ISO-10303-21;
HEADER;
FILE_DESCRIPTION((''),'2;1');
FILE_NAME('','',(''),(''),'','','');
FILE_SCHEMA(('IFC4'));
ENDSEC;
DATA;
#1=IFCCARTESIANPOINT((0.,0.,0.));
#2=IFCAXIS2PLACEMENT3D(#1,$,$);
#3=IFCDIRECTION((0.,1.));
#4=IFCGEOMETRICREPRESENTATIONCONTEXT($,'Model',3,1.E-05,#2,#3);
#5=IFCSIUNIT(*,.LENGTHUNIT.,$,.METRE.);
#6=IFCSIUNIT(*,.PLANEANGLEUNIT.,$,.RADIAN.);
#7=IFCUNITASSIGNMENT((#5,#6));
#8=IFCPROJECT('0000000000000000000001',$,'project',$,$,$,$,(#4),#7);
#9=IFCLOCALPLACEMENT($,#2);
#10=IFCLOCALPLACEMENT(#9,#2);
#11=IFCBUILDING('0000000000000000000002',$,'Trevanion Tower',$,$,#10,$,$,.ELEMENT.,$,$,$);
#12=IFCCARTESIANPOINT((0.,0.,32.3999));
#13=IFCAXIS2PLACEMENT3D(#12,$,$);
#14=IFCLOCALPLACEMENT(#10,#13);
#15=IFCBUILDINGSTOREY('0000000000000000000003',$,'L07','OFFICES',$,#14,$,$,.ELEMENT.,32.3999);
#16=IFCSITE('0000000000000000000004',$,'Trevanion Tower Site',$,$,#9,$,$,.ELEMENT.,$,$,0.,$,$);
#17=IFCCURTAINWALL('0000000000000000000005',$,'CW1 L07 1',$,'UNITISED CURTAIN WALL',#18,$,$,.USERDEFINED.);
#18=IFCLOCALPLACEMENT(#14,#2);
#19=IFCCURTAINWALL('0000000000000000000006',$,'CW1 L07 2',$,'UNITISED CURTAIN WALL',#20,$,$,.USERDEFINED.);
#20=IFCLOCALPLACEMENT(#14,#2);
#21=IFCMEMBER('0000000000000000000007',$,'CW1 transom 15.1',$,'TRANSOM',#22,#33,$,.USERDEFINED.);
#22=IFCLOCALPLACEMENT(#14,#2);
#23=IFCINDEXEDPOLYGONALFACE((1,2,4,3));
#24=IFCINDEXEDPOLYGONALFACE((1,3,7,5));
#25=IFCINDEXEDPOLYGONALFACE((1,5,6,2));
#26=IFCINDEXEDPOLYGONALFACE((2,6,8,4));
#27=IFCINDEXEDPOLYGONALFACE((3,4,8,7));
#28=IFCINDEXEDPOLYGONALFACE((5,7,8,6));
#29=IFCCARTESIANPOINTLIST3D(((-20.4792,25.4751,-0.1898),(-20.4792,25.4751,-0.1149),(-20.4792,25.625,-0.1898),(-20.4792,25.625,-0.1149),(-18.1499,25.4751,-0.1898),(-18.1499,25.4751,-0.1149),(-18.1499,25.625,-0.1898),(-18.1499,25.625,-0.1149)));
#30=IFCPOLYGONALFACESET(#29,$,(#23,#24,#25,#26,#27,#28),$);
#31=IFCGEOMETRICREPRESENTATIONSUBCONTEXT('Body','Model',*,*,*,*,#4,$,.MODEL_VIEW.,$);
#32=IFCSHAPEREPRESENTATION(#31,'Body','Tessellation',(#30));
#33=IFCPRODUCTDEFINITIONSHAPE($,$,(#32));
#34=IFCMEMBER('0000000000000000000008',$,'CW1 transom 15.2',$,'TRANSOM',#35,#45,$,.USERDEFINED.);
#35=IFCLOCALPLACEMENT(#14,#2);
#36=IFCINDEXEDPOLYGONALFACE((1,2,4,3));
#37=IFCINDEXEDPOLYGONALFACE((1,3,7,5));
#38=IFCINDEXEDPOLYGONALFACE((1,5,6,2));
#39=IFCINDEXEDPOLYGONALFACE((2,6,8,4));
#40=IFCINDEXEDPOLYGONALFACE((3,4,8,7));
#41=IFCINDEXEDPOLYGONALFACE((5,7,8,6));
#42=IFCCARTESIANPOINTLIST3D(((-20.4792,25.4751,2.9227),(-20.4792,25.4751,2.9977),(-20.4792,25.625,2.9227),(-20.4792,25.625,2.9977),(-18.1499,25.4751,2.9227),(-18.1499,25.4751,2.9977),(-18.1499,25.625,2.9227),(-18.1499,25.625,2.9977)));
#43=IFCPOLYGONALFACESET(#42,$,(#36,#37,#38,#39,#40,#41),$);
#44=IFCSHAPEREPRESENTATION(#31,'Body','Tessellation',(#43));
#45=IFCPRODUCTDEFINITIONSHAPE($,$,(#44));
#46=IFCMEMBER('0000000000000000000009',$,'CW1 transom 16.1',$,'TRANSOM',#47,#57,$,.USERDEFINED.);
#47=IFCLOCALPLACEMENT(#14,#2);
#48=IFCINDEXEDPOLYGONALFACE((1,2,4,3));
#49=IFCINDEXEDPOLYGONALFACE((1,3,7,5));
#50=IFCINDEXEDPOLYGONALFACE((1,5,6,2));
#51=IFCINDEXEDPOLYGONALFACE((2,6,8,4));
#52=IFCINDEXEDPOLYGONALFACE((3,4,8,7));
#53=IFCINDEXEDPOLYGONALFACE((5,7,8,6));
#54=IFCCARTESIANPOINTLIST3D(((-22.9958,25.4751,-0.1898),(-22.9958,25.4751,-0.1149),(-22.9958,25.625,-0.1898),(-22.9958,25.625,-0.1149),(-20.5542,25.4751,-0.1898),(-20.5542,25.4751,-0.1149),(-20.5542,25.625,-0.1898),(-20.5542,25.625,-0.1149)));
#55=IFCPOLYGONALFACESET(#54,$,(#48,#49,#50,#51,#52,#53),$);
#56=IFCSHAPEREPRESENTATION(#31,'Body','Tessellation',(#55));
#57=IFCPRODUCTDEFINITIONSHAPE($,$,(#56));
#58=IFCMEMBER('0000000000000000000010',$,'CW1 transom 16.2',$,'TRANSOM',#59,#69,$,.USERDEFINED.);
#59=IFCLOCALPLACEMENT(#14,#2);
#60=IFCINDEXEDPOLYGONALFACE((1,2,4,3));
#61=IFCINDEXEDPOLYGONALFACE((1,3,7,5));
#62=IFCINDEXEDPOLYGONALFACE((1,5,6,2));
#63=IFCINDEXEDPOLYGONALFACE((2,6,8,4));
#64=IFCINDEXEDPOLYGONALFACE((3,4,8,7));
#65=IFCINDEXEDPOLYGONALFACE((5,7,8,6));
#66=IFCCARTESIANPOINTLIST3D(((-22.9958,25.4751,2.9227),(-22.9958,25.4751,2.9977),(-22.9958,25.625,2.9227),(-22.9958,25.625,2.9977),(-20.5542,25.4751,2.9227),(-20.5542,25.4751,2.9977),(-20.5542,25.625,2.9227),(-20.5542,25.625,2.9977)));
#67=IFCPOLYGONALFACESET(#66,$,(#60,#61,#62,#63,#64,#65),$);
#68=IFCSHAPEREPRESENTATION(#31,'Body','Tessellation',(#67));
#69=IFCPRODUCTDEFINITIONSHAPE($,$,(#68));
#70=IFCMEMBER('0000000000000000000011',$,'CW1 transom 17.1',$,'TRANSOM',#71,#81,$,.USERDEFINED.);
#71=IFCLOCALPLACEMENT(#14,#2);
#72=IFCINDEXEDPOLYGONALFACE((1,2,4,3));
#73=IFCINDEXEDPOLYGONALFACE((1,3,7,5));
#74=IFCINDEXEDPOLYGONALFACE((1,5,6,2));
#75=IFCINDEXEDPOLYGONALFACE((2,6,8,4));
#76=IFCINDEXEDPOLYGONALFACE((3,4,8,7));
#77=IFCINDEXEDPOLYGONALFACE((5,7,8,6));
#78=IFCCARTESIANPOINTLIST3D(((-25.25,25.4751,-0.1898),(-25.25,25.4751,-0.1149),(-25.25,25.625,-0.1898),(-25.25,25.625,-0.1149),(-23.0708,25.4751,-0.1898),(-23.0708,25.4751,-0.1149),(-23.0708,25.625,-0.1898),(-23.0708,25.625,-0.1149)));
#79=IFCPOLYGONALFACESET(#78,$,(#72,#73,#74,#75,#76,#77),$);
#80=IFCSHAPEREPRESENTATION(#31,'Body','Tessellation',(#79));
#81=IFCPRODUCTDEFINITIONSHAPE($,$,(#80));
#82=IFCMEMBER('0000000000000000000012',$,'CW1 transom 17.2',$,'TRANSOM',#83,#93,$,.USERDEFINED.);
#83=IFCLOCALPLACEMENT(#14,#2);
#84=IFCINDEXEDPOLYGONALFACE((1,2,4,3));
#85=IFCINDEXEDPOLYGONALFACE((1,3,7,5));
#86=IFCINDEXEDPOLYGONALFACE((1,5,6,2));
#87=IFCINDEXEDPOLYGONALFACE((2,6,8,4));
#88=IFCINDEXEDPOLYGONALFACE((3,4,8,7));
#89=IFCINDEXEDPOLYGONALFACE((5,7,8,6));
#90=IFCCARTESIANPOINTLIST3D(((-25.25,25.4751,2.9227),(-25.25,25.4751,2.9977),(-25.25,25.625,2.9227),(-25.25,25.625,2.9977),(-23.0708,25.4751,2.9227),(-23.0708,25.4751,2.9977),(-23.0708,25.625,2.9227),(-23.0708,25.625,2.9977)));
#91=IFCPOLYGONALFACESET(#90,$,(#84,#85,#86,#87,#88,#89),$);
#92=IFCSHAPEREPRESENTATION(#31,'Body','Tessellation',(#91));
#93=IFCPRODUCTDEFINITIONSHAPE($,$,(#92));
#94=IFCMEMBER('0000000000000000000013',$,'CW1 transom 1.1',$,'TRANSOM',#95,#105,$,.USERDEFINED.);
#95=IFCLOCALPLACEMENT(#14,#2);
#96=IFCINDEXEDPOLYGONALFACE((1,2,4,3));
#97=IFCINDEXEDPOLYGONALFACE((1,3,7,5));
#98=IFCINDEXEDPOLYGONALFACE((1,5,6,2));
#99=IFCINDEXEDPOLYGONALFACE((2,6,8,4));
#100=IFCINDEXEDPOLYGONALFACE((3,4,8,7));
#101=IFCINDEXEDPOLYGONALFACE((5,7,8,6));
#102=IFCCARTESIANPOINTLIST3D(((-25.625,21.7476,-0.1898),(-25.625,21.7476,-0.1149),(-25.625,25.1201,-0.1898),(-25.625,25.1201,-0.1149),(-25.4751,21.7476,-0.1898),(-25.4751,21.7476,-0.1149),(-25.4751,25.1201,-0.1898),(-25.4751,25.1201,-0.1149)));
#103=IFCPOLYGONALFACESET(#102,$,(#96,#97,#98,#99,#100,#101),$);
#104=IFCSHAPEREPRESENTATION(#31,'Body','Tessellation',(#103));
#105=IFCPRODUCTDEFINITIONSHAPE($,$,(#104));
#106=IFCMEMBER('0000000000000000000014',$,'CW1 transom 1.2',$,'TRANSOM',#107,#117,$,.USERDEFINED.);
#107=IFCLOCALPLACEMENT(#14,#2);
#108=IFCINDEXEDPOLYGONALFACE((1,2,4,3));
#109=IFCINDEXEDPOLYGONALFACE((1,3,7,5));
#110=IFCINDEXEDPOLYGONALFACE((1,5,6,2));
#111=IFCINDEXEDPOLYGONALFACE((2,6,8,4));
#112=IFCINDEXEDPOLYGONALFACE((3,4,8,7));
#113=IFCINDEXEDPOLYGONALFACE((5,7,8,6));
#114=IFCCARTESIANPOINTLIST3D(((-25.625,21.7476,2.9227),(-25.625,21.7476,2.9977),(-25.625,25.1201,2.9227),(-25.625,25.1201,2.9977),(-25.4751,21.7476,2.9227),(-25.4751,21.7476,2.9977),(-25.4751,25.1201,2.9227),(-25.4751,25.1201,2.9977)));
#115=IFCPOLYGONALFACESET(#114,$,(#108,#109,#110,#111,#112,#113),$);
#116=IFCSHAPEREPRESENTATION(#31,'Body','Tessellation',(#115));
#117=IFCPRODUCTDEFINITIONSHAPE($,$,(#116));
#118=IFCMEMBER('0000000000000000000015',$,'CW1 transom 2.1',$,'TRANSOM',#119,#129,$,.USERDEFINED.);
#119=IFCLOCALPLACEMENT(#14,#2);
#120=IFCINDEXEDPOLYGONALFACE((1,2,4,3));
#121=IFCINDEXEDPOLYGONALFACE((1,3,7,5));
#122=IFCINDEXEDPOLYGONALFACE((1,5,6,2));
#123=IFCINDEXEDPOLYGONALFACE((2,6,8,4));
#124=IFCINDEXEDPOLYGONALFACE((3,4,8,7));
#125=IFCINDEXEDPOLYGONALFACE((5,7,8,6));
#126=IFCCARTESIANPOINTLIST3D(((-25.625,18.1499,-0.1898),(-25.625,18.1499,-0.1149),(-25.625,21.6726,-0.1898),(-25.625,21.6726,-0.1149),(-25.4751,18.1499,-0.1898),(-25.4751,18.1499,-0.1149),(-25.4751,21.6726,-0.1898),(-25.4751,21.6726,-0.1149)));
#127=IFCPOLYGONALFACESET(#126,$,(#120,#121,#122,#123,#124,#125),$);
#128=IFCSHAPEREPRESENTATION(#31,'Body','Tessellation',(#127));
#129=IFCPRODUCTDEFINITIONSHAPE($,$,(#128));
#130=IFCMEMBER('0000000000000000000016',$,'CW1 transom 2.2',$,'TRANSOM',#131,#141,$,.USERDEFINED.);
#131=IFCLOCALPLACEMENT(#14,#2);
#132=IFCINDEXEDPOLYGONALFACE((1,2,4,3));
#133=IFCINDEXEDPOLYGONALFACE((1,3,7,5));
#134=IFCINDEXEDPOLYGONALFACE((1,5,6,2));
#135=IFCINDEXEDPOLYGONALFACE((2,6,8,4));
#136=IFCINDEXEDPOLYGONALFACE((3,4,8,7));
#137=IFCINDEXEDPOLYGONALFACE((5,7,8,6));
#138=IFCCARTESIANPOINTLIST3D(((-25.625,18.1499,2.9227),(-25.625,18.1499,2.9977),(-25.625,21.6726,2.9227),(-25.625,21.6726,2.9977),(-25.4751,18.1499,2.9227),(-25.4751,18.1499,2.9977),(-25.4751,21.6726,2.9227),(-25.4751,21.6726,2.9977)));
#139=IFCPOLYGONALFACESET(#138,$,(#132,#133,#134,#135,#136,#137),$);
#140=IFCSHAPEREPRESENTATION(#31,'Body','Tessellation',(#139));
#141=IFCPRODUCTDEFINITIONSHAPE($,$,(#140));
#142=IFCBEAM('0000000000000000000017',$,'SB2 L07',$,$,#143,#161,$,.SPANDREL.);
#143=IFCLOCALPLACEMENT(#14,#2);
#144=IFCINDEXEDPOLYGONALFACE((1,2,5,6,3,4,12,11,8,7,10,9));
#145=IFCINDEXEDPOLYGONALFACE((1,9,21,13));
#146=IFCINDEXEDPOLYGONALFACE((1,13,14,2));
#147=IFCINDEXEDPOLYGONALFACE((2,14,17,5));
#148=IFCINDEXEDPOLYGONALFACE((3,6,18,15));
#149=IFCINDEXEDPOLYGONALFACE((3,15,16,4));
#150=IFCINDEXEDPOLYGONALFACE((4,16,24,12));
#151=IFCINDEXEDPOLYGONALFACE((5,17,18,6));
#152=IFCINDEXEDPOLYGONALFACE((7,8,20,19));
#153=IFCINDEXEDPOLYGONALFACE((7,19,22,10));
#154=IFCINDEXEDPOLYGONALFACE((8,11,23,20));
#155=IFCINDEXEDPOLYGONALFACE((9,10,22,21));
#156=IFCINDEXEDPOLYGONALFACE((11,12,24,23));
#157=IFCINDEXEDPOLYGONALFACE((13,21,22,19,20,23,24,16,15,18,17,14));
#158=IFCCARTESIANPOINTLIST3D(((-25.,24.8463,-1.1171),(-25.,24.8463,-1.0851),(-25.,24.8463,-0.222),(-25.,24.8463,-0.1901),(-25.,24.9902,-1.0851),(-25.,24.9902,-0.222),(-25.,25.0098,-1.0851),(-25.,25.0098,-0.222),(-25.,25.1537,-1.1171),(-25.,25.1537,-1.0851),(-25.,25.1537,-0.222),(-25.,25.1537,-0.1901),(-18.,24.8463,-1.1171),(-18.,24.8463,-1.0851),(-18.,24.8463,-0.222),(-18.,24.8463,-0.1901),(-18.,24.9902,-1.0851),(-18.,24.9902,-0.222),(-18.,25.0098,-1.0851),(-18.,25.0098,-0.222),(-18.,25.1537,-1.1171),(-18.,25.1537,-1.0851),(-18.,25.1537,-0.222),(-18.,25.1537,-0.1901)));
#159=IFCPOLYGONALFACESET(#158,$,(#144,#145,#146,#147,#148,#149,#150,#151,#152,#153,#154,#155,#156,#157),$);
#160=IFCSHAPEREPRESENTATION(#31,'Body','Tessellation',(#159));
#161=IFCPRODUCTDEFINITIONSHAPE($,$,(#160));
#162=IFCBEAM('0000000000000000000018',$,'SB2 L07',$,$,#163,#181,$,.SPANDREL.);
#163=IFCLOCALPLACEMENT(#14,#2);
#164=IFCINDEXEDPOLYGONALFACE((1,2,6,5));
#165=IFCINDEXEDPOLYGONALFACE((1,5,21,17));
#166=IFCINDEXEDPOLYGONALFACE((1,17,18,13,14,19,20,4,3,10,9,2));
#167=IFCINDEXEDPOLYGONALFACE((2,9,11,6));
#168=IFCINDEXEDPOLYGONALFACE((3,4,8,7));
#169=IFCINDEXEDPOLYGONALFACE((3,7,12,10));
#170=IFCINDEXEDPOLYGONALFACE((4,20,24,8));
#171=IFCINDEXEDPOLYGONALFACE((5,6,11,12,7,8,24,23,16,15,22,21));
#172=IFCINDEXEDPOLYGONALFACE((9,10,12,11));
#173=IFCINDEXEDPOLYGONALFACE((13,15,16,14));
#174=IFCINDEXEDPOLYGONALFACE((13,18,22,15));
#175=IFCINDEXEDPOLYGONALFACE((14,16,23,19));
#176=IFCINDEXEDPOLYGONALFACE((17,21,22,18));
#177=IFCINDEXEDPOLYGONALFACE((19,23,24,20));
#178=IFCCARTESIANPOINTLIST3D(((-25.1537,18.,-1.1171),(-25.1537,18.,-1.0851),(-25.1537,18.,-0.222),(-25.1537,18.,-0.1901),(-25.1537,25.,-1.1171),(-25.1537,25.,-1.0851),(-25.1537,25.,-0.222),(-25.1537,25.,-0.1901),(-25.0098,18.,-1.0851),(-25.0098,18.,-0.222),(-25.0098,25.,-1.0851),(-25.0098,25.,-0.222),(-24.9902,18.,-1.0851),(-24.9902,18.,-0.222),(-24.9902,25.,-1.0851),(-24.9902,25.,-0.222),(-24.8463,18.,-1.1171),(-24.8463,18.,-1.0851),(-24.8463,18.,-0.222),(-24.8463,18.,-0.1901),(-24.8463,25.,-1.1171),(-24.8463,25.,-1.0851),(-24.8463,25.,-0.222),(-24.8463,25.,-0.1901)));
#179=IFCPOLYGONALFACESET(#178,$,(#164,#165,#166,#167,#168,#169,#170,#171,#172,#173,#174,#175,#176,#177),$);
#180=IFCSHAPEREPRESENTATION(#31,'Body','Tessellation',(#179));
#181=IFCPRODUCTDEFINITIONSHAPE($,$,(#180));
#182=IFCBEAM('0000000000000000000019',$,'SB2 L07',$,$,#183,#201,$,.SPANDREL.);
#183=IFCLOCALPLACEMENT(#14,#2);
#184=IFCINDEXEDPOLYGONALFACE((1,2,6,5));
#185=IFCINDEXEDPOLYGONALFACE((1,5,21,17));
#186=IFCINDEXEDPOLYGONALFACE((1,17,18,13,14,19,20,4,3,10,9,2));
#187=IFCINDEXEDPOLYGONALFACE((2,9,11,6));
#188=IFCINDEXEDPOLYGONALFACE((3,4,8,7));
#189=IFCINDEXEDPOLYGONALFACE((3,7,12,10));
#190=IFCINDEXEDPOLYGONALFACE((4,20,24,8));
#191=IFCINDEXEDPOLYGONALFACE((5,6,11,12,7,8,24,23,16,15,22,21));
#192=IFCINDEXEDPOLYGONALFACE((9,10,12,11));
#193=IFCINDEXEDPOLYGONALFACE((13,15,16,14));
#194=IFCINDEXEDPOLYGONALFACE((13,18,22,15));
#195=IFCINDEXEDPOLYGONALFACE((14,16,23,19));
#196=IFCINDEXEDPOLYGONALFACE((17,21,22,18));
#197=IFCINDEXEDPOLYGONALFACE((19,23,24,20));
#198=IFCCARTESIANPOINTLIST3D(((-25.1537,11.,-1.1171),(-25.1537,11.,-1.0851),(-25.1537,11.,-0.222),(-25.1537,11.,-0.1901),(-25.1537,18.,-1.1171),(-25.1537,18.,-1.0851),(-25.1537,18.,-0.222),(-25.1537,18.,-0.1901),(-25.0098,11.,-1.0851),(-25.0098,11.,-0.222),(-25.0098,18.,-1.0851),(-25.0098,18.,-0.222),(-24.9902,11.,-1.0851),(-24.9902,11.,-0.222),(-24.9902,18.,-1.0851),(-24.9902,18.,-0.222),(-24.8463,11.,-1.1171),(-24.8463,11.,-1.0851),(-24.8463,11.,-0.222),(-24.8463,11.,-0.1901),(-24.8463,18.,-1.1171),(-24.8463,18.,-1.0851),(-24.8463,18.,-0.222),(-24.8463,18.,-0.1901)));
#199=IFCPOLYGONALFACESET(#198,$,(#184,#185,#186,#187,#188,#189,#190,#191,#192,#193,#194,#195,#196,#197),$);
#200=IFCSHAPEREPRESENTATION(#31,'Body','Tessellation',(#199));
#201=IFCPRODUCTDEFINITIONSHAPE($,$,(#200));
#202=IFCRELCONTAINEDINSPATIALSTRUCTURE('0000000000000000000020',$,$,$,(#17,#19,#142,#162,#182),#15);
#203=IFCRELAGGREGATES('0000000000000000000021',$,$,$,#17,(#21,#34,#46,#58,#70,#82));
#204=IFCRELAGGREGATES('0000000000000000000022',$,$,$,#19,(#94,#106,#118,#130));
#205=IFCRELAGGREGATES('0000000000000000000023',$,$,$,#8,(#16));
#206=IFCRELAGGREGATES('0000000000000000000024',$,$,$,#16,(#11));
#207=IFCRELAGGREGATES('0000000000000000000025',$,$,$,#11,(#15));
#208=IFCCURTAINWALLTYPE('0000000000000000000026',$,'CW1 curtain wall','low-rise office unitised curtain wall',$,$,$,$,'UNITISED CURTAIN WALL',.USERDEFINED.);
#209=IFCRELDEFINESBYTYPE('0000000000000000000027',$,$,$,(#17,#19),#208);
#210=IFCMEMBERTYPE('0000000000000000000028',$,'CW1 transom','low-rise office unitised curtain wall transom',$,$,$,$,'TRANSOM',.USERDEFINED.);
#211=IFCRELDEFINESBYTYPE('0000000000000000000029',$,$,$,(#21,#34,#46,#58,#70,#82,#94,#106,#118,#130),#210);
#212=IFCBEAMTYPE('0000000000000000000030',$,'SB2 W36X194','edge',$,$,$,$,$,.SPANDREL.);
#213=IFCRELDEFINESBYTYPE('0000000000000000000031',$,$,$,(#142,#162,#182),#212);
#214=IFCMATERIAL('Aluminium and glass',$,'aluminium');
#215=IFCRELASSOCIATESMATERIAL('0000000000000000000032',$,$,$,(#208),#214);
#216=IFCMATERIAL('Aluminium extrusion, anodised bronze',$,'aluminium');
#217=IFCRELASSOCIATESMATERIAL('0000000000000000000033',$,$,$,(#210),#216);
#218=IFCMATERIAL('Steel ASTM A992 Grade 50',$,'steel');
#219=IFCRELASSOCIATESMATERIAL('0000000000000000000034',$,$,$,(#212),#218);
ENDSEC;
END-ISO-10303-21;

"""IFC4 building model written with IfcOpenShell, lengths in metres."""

from ifc_helpers import new_model, si_unit, direction, frame, origin, origin_2d, place, context, subcontext, project, spatial, rectangle, i_section, extrude, material, material_profile, profile_set, type_object, element, aggregate, save


model = new_model("IFC4")

# Units and contexts
model_context = context("Model", 3, precision=1e-05, world=origin(), true_north=direction((0.0, 1.0)))
body_context = subcontext(model_context, "Body", "Model", "MODEL_VIEW")
ifc_project = project(units=[si_unit("LENGTHUNIT", "METRE"), si_unit("PLANEANGLEUNIT", "RADIAN")], contexts=[model_context])

# Site, building, storey
site_placement = place(None, origin())
site = spatial("IfcSite", under=ifc_project, at=site_placement, Name="Trevanion Tower Site", CompositionType="ELEMENT", RefElevation=0.0)
building_placement = place(site_placement, origin())
building = spatial("IfcBuilding", under=site, at=building_placement, Name="Trevanion Tower", CompositionType="ELEMENT")
storey_placement = place(building_placement, frame((0.0, 0.0, 32.3999)))
storey = spatial("IfcBuildingStorey", under=building, at=storey_placement, Name="L07", Description="OFFICES", CompositionType="ELEMENT", Elevation=32.3999)

# Curtain wall
ifc_material_1 = material(Name="Aluminium and glass", Category="aluminium")
curtain_wall_type = type_object("IfcCurtainWallType", Name="CW1 curtain wall", Description="low-rise office unitised curtain wall", ElementType="UNITISED CURTAIN WALL", PredefinedType="USERDEFINED", material=ifc_material_1)
curtain_wall_1_placement = place(storey_placement, origin())
curtain_wall_1 = element("IfcCurtainWall", 1, at=curtain_wall_1_placement, inside=storey, type_object=curtain_wall_type, Name="CW1 L07 1", ObjectType="UNITISED CURTAIN WALL", PredefinedType="USERDEFINED")

# Curtain wall
curtain_wall_2_placement = place(storey_placement, origin())
curtain_wall_2 = element("IfcCurtainWall", 2, at=curtain_wall_2_placement, inside=storey, type_object=curtain_wall_type, Name="CW1 L07 2", ObjectType="UNITISED CURTAIN WALL", PredefinedType="USERDEFINED")

# Members
ifc_material_2 = material(Name="Aluminium extrusion, anodised bronze", Category="aluminium")
ifc_material_profile_1 = material_profile(ifc_material_2, rectangle(XDim=0.1499, YDim=0.075, at=origin_2d()), Name="CW1 transom")
ifc_profile_set_1 = profile_set([ifc_material_profile_1], Name="Aluminium extrusion, anodised bronze")
member_type_1 = type_object("IfcMemberType", Name="CW1 transom", Description="low-rise office unitised curtain wall transom", ElementType="TRANSOM", PredefinedType="USERDEFINED", material=ifc_profile_set_1)
member_1_placement = place(storey_placement, frame((-18.1499, 25.55, -0.1523), z_axis=(-1.0, 0.0, 0.0), x_axis=(0.0, -1.0, 0.0)))
member_1 = element("IfcMember", 3, at=member_1_placement, type_object=member_type_1, Name="CW1 transom 15.1", ObjectType="TRANSOM", PredefinedType="USERDEFINED", context=body_context, shape_type="SweptSolid", body=[
    extrude(rectangle(XDim=0.1499, YDim=0.075, at=origin_2d()), origin(), (0.0, 0.0, 1.0), 2.3293),
])
member_2_placement = place(storey_placement, frame((-18.1499, 25.55, 2.9602), z_axis=(-1.0, 0.0, 0.0), x_axis=(0.0, -1.0, 0.0)))
member_2 = element("IfcMember", 4, at=member_2_placement, type_object=member_type_1, Name="CW1 transom 15.2", ObjectType="TRANSOM", PredefinedType="USERDEFINED", context=body_context, shape_type="SweptSolid", body=[
    extrude(rectangle(XDim=0.1499, YDim=0.075, at=origin_2d()), origin(), (0.0, 0.0, 1.0), 2.3293),
])
member_3_placement = place(storey_placement, frame((-20.5542, 25.55, -0.1523), z_axis=(-1.0, 0.0, 0.0), x_axis=(0.0, -1.0, 0.0)))
member_3 = element("IfcMember", 5, at=member_3_placement, type_object=member_type_1, Name="CW1 transom 16.1", ObjectType="TRANSOM", PredefinedType="USERDEFINED", context=body_context, shape_type="SweptSolid", body=[
    extrude(rectangle(XDim=0.1499, YDim=0.075, at=origin_2d()), origin(), (0.0, 0.0, 1.0), 2.4417),
])
member_4_placement = place(storey_placement, frame((-20.5542, 25.55, 2.9602), z_axis=(-1.0, 0.0, 0.0), x_axis=(0.0, -1.0, 0.0)))
member_4 = element("IfcMember", 6, at=member_4_placement, type_object=member_type_1, Name="CW1 transom 16.2", ObjectType="TRANSOM", PredefinedType="USERDEFINED", context=body_context, shape_type="SweptSolid", body=[
    extrude(rectangle(XDim=0.1499, YDim=0.075, at=origin_2d()), origin(), (0.0, 0.0, 1.0), 2.4417),
])
member_5_placement = place(storey_placement, frame((-23.0708, 25.55, -0.1523), z_axis=(-1.0, 0.0, 0.0), x_axis=(0.0, -1.0, 0.0)))
member_5 = element("IfcMember", 7, at=member_5_placement, type_object=member_type_1, Name="CW1 transom 17.1", ObjectType="TRANSOM", PredefinedType="USERDEFINED", context=body_context, shape_type="SweptSolid", body=[
    extrude(rectangle(XDim=0.1499, YDim=0.075, at=origin_2d()), origin(), (0.0, 0.0, 1.0), 2.1792),
])
member_6_placement = place(storey_placement, frame((-23.0708, 25.55, 2.9602), z_axis=(-1.0, 0.0, 0.0), x_axis=(0.0, -1.0, 0.0)))
member_6 = element("IfcMember", 8, at=member_6_placement, type_object=member_type_1, Name="CW1 transom 17.2", ObjectType="TRANSOM", PredefinedType="USERDEFINED", context=body_context, shape_type="SweptSolid", body=[
    extrude(rectangle(XDim=0.1499, YDim=0.075, at=origin_2d()), origin(), (0.0, 0.0, 1.0), 2.1792),
])
member_7_placement = place(storey_placement, frame((-25.55, 25.1201, -0.1523), z_axis=(0.0, -1.0, 0.0), x_axis=(1.0, 0.0, 0.0)))
member_7 = element("IfcMember", 9, at=member_7_placement, type_object=member_type_1, Name="CW1 transom 1.1", ObjectType="TRANSOM", PredefinedType="USERDEFINED", context=body_context, shape_type="SweptSolid", body=[
    extrude(rectangle(XDim=0.1499, YDim=0.075, at=origin_2d()), origin(), (0.0, 0.0, 1.0), 3.3726),
])
member_8_placement = place(storey_placement, frame((-25.55, 25.1201, 2.9602), z_axis=(0.0, -1.0, 0.0), x_axis=(1.0, 0.0, 0.0)))
member_8 = element("IfcMember", 10, at=member_8_placement, type_object=member_type_1, Name="CW1 transom 1.2", ObjectType="TRANSOM", PredefinedType="USERDEFINED", context=body_context, shape_type="SweptSolid", body=[
    extrude(rectangle(XDim=0.1499, YDim=0.075, at=origin_2d()), origin(), (0.0, 0.0, 1.0), 3.3726),
])
member_9_placement = place(storey_placement, frame((-25.55, 21.6726, -0.1523), z_axis=(0.0, -1.0, 0.0), x_axis=(1.0, 0.0, 0.0)))
member_9 = element("IfcMember", 11, at=member_9_placement, type_object=member_type_1, Name="CW1 transom 2.1", ObjectType="TRANSOM", PredefinedType="USERDEFINED", context=body_context, shape_type="SweptSolid", body=[
    extrude(rectangle(XDim=0.1499, YDim=0.075, at=origin_2d()), origin(), (0.0, 0.0, 1.0), 3.5227),
])
member_10_placement = place(storey_placement, frame((-25.55, 21.6726, 2.9602), z_axis=(0.0, -1.0, 0.0), x_axis=(1.0, 0.0, 0.0)))
member_10 = element("IfcMember", 12, at=member_10_placement, type_object=member_type_1, Name="CW1 transom 2.2", ObjectType="TRANSOM", PredefinedType="USERDEFINED", context=body_context, shape_type="SweptSolid", body=[
    extrude(rectangle(XDim=0.1499, YDim=0.075, at=origin_2d()), origin(), (0.0, 0.0, 1.0), 3.5227),
])

# Beams
ifc_material_3 = material(Name="Steel ASTM A992 Grade 50", Category="steel")
ifc_material_profile_2 = material_profile(ifc_material_3, i_section(OverallWidth=0.3074, OverallDepth=0.927, WebThickness=0.0195, FlangeThickness=0.032, at=origin_2d()), Name="W36X194")
ifc_profile_set_2 = profile_set([ifc_material_profile_2], Name="Steel ASTM A992 Grade 50")
beam_type = type_object("IfcBeamType", Name="SB2 W36X194", Description="edge", PredefinedType="SPANDREL", material=ifc_profile_set_2)
for number, where, z_axis, x_axis, name in (
    (13, (-18.0, 25.0, -0.6536), (-1.0, 0.0, 0.0), (0.0, -1.0, 0.0), "SB2 L07"),
    (14, (-25.0, 25.0, -0.6536), (0.0, -1.0, 0.0), (1.0, 0.0, 0.0), "SB2 L07"),
    (15, (-25.0, 18.0, -0.6536), (0.0, -1.0, 0.0), (1.0, 0.0, 0.0), "SB2 L07"),
):
    element("IfcBeam", number, at=place(storey_placement, frame(where, z_axis=z_axis, x_axis=x_axis)), inside=storey, type_object=beam_type, Name=name, PredefinedType="SPANDREL", context=body_context, shape_type="SweptSolid", body=[
        extrude(i_section(OverallWidth=0.3074, OverallDepth=0.927, WebThickness=0.0195, FlangeThickness=0.032, at=origin_2d()), origin(), (0.0, 0.0, 1.0), 7.0),
    ])

aggregate(curtain_wall_1, [member_1, member_2, member_3, member_4, member_5, member_6])
aggregate(curtain_wall_2, [member_7, member_8, member_9, member_10])

save(model, "model.ifc")
